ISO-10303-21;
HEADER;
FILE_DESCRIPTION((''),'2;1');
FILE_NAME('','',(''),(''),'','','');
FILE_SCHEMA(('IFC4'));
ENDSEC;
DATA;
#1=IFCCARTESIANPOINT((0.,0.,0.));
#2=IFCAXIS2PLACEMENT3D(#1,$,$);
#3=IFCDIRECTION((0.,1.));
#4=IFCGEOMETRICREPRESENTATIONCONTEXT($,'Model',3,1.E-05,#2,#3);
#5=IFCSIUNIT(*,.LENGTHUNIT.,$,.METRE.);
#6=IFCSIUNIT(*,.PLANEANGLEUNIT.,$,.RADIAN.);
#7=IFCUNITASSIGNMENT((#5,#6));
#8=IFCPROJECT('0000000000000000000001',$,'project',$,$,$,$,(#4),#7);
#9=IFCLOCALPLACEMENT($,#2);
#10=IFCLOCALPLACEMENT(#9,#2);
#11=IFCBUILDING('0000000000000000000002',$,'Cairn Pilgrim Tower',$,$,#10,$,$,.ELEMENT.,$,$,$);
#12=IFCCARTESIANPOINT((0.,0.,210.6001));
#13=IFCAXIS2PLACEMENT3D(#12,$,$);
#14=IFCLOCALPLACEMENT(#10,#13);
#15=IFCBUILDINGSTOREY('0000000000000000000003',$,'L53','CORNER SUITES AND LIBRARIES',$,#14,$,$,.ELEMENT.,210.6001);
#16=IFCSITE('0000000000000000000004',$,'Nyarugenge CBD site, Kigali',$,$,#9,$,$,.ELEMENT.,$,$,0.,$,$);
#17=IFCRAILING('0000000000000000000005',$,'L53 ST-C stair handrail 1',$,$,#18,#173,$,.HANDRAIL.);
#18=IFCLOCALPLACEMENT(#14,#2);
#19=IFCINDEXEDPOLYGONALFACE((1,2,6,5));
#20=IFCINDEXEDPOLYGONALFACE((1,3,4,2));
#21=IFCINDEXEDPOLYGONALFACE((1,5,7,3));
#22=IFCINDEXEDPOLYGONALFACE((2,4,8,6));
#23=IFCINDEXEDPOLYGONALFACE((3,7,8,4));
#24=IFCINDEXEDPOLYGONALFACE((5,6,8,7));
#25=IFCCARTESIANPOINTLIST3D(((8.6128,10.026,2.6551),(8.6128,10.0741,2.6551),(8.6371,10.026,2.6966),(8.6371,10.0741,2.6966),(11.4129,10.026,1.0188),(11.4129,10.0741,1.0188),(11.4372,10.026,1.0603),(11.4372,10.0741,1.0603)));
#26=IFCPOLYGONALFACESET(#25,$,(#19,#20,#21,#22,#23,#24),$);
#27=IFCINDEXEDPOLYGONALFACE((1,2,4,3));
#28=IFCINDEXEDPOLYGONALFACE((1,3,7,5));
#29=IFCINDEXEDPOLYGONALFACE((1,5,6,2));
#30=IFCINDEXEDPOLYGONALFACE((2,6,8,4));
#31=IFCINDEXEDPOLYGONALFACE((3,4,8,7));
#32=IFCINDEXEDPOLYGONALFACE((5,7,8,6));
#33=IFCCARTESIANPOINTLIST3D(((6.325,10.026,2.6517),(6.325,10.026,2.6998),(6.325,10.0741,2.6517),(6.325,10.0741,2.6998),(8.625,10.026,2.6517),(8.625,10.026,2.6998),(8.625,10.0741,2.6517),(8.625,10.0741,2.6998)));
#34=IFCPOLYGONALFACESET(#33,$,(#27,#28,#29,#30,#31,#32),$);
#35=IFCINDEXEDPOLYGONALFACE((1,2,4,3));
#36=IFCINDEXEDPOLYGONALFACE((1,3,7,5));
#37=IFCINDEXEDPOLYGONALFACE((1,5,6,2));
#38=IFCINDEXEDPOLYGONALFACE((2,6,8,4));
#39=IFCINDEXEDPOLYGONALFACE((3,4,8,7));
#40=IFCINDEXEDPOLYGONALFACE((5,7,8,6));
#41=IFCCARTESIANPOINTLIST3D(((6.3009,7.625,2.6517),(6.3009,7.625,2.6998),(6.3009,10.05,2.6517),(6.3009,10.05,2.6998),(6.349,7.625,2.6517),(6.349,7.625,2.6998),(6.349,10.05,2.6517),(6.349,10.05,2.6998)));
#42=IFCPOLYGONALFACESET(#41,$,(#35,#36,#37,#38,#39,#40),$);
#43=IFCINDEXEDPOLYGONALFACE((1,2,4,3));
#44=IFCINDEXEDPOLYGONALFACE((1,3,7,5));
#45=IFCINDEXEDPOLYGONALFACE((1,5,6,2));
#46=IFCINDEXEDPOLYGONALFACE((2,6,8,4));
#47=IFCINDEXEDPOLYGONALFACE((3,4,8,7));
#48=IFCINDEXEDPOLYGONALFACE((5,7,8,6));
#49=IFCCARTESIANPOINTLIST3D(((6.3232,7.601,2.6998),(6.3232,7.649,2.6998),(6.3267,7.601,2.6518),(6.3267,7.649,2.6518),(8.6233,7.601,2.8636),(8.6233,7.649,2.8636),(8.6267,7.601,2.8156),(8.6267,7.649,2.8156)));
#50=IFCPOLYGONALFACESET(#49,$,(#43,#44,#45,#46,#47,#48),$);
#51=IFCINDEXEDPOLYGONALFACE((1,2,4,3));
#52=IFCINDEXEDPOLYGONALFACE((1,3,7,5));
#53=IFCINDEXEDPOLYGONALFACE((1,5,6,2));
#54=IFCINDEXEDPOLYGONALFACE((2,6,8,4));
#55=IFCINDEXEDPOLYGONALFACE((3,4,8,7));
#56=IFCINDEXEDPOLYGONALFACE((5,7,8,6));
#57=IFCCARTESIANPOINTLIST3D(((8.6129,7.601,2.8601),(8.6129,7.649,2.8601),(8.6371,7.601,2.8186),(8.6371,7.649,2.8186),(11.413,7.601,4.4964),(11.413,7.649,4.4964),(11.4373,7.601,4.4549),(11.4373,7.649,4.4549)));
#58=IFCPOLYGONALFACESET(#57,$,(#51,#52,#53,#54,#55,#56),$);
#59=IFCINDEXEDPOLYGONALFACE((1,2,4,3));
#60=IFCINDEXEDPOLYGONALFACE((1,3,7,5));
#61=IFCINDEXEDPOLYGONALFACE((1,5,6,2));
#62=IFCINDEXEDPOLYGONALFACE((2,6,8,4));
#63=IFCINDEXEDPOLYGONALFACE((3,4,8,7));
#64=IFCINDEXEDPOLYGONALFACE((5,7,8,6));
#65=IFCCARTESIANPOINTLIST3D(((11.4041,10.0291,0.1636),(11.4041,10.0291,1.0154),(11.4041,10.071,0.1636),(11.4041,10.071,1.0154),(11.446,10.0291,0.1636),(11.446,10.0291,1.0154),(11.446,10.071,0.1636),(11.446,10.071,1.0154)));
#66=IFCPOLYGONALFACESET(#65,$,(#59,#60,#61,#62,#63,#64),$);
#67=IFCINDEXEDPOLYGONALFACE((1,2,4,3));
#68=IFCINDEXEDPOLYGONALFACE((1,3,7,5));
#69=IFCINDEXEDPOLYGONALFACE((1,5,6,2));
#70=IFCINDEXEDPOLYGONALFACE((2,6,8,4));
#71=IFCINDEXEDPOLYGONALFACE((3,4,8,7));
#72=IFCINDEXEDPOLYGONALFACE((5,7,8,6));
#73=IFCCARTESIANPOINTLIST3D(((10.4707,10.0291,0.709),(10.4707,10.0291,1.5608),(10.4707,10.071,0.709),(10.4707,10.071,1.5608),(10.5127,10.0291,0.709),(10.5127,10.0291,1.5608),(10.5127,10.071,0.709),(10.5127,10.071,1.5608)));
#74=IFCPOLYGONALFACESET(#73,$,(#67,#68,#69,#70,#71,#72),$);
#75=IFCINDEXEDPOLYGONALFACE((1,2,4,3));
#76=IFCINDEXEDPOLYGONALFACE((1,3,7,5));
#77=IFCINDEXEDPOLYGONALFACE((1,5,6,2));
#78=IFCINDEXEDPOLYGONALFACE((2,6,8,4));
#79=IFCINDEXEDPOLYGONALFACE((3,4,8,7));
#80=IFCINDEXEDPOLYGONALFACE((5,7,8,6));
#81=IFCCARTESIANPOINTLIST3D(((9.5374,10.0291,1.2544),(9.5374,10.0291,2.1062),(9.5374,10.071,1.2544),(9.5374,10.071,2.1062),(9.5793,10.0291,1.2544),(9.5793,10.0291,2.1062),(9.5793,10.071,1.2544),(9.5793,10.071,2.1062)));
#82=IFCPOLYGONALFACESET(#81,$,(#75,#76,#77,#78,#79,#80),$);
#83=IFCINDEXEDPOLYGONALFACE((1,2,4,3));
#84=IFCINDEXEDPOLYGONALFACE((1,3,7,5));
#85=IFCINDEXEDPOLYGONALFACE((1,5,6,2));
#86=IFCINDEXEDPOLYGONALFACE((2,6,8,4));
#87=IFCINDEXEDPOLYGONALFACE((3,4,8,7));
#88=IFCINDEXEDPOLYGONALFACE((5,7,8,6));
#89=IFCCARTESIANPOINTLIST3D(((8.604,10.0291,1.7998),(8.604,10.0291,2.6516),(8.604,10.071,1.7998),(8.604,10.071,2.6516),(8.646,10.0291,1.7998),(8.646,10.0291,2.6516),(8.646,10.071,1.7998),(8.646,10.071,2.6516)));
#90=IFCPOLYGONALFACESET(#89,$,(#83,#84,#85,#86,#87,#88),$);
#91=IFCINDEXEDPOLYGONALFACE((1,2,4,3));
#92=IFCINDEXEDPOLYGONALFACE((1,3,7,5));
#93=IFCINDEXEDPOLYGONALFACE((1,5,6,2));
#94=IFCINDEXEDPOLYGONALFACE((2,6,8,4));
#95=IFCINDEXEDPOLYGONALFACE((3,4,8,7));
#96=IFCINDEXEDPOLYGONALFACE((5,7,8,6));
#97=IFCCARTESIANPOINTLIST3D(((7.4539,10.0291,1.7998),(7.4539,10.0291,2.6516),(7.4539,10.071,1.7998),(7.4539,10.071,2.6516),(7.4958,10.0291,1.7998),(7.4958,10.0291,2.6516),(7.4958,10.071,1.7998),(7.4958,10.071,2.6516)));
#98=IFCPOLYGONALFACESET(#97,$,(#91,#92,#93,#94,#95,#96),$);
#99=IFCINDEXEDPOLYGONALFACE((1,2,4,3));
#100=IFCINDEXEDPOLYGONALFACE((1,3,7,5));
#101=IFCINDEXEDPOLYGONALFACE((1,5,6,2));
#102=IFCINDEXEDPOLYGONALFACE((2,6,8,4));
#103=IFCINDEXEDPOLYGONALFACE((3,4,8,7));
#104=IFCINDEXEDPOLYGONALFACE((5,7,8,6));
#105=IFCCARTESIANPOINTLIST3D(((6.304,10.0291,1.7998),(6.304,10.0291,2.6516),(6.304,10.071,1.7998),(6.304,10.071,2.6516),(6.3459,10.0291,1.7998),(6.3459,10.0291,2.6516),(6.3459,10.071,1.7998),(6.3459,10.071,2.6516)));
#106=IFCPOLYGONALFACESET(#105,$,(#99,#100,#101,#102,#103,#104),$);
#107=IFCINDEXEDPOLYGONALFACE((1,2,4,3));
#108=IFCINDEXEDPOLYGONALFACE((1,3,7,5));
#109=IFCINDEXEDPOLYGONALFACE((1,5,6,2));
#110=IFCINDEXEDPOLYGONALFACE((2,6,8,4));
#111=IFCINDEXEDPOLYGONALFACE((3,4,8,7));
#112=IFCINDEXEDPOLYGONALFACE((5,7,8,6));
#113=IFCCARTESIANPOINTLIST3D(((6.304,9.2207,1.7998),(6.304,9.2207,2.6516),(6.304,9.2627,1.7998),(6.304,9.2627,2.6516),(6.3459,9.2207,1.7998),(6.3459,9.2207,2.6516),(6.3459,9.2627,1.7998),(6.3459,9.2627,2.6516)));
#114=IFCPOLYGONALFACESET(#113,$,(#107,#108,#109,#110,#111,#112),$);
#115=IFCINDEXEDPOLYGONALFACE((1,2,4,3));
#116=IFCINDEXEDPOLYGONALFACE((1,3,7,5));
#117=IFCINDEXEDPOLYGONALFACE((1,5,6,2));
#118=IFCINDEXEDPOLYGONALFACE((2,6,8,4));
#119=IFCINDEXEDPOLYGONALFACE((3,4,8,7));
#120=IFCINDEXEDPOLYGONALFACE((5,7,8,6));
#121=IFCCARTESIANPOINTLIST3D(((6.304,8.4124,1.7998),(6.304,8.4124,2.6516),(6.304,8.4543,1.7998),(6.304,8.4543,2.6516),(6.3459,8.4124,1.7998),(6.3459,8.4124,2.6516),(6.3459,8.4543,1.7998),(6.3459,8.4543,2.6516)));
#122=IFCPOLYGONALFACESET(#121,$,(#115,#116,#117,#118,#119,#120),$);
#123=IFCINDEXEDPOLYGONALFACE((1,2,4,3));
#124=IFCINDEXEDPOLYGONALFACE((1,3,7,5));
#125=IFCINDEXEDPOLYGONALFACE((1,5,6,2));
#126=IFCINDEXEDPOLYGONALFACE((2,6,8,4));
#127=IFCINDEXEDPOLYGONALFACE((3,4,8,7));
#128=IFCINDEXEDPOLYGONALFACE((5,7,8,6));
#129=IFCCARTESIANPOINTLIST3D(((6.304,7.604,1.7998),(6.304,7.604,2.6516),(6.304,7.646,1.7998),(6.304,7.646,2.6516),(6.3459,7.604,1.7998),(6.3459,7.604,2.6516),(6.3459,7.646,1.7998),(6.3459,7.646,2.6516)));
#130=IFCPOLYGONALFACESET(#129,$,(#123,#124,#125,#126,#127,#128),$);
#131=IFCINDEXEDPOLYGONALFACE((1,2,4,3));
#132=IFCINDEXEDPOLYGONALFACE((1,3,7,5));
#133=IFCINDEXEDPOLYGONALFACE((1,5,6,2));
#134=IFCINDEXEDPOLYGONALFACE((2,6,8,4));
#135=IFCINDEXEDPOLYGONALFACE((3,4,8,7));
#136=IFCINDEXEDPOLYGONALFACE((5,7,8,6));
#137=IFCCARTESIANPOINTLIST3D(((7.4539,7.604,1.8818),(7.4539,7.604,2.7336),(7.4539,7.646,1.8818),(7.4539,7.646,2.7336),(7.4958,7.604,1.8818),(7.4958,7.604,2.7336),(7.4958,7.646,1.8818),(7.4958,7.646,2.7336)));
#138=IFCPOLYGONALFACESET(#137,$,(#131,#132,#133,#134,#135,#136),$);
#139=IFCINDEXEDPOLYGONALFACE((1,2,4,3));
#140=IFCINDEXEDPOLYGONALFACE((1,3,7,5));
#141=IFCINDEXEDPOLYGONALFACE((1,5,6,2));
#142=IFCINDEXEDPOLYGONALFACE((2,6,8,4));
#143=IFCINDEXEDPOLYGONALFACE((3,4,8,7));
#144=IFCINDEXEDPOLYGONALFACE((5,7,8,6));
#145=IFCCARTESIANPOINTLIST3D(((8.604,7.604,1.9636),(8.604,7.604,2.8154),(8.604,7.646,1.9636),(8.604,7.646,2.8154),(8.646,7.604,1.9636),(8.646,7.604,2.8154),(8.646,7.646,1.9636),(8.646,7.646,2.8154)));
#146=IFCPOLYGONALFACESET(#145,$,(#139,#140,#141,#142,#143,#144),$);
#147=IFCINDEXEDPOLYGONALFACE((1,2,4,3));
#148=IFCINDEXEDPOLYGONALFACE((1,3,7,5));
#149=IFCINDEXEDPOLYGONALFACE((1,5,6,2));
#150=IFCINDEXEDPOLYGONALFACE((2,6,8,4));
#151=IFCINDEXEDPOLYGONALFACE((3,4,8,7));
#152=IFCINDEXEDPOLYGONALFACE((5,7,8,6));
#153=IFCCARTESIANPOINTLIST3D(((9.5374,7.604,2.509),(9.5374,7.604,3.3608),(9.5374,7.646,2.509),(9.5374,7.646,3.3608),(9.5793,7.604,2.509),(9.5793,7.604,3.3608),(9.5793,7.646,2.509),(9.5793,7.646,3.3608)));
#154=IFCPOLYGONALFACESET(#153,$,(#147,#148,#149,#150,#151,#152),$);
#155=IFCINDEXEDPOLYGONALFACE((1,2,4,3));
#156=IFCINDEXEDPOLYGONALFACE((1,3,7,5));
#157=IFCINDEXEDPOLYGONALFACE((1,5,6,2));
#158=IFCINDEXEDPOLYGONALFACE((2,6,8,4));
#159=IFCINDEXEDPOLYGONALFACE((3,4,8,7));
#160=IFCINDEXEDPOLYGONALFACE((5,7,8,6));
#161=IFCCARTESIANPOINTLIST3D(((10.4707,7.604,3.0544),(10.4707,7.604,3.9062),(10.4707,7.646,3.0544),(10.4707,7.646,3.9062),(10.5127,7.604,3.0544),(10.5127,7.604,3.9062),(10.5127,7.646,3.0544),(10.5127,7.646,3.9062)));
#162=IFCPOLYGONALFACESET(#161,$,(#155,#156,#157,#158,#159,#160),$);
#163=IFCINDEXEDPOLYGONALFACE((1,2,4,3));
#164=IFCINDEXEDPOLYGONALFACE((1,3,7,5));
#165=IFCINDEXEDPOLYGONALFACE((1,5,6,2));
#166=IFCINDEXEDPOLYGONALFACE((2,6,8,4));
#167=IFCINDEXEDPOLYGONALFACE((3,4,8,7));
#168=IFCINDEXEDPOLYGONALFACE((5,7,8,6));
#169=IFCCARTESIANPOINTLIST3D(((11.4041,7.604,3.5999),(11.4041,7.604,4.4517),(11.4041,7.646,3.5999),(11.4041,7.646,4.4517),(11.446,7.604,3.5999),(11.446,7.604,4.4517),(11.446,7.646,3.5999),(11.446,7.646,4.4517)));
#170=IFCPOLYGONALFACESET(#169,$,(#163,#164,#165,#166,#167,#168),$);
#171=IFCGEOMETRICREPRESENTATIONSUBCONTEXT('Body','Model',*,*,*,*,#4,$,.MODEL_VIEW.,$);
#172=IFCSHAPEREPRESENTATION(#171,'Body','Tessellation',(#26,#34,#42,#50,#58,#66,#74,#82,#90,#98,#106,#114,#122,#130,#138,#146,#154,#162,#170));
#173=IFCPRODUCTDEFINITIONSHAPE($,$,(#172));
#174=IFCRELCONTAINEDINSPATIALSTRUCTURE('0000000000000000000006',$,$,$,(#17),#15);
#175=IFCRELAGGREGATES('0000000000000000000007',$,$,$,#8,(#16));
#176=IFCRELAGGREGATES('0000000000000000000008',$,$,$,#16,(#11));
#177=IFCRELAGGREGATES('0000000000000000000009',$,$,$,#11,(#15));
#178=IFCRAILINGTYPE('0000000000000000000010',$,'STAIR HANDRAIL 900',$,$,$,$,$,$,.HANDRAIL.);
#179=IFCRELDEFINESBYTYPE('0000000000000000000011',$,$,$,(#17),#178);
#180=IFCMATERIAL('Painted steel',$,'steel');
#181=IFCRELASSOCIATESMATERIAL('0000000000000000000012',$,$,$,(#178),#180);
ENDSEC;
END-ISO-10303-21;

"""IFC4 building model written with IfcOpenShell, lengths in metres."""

from ifc_helpers import new_model, si_unit, direction, frame, origin, origin_2d, place, context, subcontext, project, spatial, rectangle, extrude, material, type_object, element, save


model = new_model("IFC4")

# Units and contexts
model_context = context("Model", 3, precision=1e-05, world=origin(), true_north=direction((0.0, 1.0)))
body_context = subcontext(model_context, "Body", "Model", "MODEL_VIEW")
ifc_project = project(units=[si_unit("LENGTHUNIT", "METRE"), si_unit("PLANEANGLEUNIT", "RADIAN")], contexts=[model_context])

# Site, building, storey
site_placement = place(None, origin())
site = spatial("IfcSite", under=ifc_project, at=site_placement, Name="Nyarugenge CBD site, Kigali", CompositionType="ELEMENT", RefElevation=0.0)
building_placement = place(site_placement, origin())
building = spatial("IfcBuilding", under=site, at=building_placement, Name="Cairn Pilgrim Tower", CompositionType="ELEMENT")
storey_placement = place(building_placement, frame((0.0, 0.0, 210.6001)))
storey = spatial("IfcBuildingStorey", under=building, at=storey_placement, Name="L53", Description="CORNER SUITES AND LIBRARIES", CompositionType="ELEMENT", Elevation=210.6001)

# Railing
ifc_material_1 = material(Name="Painted steel", Category="steel")
railing_type_1 = type_object("IfcRailingType", Name="STAIR HANDRAIL 900", PredefinedType="HANDRAIL", material=ifc_material_1)
railing_1_placement = place(storey_placement, frame((11.425, 10.05, 0.1636)))
element("IfcRailing", 1, at=railing_1_placement, inside=storey, type_object=railing_type_1, Name="L53 ST-C stair handrail 1", PredefinedType="HANDRAIL", context=body_context, shape_type="SweptSolid", body=[
    extrude(rectangle(XDim=0.0481, YDim=0.0481, at=origin_2d()), frame((0.0, 0.0, 0.876), z_axis=(-0.863394, 0.0, 0.504531), x_axis=(0.0, -1.0, 0.0)), (0.0, 0.0, 1.0), 3.2432),
    extrude(rectangle(XDim=0.0481, YDim=0.0481, at=origin_2d()), frame((-2.8, 0.0, 2.5122), z_axis=(-1.0, 0.0, 0.0), x_axis=(0.0, -1.0, 0.0)), (0.0, 0.0, 1.0), 2.3),
    extrude(rectangle(XDim=0.0481, YDim=0.0481, at=origin_2d()), frame((-5.1001, 0.0, 2.5122), z_axis=(0.0, -1.0, 0.0), x_axis=(1.0, 0.0, 0.0)), (0.0, 0.0, 1.0), 2.425),
    extrude(rectangle(XDim=0.0481, YDim=0.0481, at=origin_2d()), frame((-5.1001, -2.425, 2.5122), z_axis=(0.997473, 0.0, 0.071044), x_axis=(0.0, 1.0, 0.0)), (0.0, 0.0, 1.0), 2.3059),
    extrude(rectangle(XDim=0.0481, YDim=0.0481, at=origin_2d()), frame((-2.8, -2.425, 2.6758), z_axis=(0.863394, 0.0, 0.504531), x_axis=(0.0, 1.0, 0.0)), (0.0, 0.0, 1.0), 3.2432),
    extrude(rectangle(XDim=0.042, YDim=0.042, at=origin_2d()), origin(), (0.0, 0.0, 1.0), 0.8518),
    extrude(rectangle(XDim=0.042, YDim=0.042, at=origin_2d()), frame((-0.9333, 0.0, 0.5454)), (0.0, 0.0, 1.0), 0.8518),
    extrude(rectangle(XDim=0.042, YDim=0.042, at=origin_2d()), frame((-1.8667, 0.0, 1.0908)), (0.0, 0.0, 1.0), 0.8518),
    extrude(rectangle(XDim=0.042, YDim=0.042, at=origin_2d()), frame((-2.8, 0.0, 1.6362)), (0.0, 0.0, 1.0), 0.8518),
    extrude(rectangle(XDim=0.042, YDim=0.042, at=origin_2d()), frame((-3.9502, 0.0, 1.6362)), (0.0, 0.0, 1.0), 0.8518),
    extrude(rectangle(XDim=0.042, YDim=0.042, at=origin_2d()), frame((-5.1001, 0.0, 1.6362)), (0.0, 0.0, 1.0), 0.8518),
    extrude(rectangle(XDim=0.042, YDim=0.042, at=origin_2d()), frame((-5.1001, -0.8083, 1.6362)), (0.0, 0.0, 1.0), 0.8518),
    extrude(rectangle(XDim=0.042, YDim=0.042, at=origin_2d()), frame((-5.1001, -1.6167, 1.6362)), (0.0, 0.0, 1.0), 0.8518),
    extrude(rectangle(XDim=0.042, YDim=0.042, at=origin_2d()), frame((-5.1001, -2.425, 1.6362)), (0.0, 0.0, 1.0), 0.8518),
    extrude(rectangle(XDim=0.042, YDim=0.042, at=origin_2d()), frame((-3.9502, -2.425, 1.7183)), (0.0, 0.0, 1.0), 0.8518),
    extrude(rectangle(XDim=0.042, YDim=0.042, at=origin_2d()), frame((-2.8, -2.425, 1.8)), (0.0, 0.0, 1.0), 0.8518),
    extrude(rectangle(XDim=0.042, YDim=0.042, at=origin_2d()), frame((-1.8667, -2.425, 2.3455)), (0.0, 0.0, 1.0), 0.8518),
    extrude(rectangle(XDim=0.042, YDim=0.042, at=origin_2d()), frame((-0.9333, -2.425, 2.8909)), (0.0, 0.0, 1.0), 0.8518),
    extrude(rectangle(XDim=0.042, YDim=0.042, at=origin_2d()), frame((0.0, -2.425, 3.4363)), (0.0, 0.0, 1.0), 0.8518),
])

save(model, "model.ifc")
